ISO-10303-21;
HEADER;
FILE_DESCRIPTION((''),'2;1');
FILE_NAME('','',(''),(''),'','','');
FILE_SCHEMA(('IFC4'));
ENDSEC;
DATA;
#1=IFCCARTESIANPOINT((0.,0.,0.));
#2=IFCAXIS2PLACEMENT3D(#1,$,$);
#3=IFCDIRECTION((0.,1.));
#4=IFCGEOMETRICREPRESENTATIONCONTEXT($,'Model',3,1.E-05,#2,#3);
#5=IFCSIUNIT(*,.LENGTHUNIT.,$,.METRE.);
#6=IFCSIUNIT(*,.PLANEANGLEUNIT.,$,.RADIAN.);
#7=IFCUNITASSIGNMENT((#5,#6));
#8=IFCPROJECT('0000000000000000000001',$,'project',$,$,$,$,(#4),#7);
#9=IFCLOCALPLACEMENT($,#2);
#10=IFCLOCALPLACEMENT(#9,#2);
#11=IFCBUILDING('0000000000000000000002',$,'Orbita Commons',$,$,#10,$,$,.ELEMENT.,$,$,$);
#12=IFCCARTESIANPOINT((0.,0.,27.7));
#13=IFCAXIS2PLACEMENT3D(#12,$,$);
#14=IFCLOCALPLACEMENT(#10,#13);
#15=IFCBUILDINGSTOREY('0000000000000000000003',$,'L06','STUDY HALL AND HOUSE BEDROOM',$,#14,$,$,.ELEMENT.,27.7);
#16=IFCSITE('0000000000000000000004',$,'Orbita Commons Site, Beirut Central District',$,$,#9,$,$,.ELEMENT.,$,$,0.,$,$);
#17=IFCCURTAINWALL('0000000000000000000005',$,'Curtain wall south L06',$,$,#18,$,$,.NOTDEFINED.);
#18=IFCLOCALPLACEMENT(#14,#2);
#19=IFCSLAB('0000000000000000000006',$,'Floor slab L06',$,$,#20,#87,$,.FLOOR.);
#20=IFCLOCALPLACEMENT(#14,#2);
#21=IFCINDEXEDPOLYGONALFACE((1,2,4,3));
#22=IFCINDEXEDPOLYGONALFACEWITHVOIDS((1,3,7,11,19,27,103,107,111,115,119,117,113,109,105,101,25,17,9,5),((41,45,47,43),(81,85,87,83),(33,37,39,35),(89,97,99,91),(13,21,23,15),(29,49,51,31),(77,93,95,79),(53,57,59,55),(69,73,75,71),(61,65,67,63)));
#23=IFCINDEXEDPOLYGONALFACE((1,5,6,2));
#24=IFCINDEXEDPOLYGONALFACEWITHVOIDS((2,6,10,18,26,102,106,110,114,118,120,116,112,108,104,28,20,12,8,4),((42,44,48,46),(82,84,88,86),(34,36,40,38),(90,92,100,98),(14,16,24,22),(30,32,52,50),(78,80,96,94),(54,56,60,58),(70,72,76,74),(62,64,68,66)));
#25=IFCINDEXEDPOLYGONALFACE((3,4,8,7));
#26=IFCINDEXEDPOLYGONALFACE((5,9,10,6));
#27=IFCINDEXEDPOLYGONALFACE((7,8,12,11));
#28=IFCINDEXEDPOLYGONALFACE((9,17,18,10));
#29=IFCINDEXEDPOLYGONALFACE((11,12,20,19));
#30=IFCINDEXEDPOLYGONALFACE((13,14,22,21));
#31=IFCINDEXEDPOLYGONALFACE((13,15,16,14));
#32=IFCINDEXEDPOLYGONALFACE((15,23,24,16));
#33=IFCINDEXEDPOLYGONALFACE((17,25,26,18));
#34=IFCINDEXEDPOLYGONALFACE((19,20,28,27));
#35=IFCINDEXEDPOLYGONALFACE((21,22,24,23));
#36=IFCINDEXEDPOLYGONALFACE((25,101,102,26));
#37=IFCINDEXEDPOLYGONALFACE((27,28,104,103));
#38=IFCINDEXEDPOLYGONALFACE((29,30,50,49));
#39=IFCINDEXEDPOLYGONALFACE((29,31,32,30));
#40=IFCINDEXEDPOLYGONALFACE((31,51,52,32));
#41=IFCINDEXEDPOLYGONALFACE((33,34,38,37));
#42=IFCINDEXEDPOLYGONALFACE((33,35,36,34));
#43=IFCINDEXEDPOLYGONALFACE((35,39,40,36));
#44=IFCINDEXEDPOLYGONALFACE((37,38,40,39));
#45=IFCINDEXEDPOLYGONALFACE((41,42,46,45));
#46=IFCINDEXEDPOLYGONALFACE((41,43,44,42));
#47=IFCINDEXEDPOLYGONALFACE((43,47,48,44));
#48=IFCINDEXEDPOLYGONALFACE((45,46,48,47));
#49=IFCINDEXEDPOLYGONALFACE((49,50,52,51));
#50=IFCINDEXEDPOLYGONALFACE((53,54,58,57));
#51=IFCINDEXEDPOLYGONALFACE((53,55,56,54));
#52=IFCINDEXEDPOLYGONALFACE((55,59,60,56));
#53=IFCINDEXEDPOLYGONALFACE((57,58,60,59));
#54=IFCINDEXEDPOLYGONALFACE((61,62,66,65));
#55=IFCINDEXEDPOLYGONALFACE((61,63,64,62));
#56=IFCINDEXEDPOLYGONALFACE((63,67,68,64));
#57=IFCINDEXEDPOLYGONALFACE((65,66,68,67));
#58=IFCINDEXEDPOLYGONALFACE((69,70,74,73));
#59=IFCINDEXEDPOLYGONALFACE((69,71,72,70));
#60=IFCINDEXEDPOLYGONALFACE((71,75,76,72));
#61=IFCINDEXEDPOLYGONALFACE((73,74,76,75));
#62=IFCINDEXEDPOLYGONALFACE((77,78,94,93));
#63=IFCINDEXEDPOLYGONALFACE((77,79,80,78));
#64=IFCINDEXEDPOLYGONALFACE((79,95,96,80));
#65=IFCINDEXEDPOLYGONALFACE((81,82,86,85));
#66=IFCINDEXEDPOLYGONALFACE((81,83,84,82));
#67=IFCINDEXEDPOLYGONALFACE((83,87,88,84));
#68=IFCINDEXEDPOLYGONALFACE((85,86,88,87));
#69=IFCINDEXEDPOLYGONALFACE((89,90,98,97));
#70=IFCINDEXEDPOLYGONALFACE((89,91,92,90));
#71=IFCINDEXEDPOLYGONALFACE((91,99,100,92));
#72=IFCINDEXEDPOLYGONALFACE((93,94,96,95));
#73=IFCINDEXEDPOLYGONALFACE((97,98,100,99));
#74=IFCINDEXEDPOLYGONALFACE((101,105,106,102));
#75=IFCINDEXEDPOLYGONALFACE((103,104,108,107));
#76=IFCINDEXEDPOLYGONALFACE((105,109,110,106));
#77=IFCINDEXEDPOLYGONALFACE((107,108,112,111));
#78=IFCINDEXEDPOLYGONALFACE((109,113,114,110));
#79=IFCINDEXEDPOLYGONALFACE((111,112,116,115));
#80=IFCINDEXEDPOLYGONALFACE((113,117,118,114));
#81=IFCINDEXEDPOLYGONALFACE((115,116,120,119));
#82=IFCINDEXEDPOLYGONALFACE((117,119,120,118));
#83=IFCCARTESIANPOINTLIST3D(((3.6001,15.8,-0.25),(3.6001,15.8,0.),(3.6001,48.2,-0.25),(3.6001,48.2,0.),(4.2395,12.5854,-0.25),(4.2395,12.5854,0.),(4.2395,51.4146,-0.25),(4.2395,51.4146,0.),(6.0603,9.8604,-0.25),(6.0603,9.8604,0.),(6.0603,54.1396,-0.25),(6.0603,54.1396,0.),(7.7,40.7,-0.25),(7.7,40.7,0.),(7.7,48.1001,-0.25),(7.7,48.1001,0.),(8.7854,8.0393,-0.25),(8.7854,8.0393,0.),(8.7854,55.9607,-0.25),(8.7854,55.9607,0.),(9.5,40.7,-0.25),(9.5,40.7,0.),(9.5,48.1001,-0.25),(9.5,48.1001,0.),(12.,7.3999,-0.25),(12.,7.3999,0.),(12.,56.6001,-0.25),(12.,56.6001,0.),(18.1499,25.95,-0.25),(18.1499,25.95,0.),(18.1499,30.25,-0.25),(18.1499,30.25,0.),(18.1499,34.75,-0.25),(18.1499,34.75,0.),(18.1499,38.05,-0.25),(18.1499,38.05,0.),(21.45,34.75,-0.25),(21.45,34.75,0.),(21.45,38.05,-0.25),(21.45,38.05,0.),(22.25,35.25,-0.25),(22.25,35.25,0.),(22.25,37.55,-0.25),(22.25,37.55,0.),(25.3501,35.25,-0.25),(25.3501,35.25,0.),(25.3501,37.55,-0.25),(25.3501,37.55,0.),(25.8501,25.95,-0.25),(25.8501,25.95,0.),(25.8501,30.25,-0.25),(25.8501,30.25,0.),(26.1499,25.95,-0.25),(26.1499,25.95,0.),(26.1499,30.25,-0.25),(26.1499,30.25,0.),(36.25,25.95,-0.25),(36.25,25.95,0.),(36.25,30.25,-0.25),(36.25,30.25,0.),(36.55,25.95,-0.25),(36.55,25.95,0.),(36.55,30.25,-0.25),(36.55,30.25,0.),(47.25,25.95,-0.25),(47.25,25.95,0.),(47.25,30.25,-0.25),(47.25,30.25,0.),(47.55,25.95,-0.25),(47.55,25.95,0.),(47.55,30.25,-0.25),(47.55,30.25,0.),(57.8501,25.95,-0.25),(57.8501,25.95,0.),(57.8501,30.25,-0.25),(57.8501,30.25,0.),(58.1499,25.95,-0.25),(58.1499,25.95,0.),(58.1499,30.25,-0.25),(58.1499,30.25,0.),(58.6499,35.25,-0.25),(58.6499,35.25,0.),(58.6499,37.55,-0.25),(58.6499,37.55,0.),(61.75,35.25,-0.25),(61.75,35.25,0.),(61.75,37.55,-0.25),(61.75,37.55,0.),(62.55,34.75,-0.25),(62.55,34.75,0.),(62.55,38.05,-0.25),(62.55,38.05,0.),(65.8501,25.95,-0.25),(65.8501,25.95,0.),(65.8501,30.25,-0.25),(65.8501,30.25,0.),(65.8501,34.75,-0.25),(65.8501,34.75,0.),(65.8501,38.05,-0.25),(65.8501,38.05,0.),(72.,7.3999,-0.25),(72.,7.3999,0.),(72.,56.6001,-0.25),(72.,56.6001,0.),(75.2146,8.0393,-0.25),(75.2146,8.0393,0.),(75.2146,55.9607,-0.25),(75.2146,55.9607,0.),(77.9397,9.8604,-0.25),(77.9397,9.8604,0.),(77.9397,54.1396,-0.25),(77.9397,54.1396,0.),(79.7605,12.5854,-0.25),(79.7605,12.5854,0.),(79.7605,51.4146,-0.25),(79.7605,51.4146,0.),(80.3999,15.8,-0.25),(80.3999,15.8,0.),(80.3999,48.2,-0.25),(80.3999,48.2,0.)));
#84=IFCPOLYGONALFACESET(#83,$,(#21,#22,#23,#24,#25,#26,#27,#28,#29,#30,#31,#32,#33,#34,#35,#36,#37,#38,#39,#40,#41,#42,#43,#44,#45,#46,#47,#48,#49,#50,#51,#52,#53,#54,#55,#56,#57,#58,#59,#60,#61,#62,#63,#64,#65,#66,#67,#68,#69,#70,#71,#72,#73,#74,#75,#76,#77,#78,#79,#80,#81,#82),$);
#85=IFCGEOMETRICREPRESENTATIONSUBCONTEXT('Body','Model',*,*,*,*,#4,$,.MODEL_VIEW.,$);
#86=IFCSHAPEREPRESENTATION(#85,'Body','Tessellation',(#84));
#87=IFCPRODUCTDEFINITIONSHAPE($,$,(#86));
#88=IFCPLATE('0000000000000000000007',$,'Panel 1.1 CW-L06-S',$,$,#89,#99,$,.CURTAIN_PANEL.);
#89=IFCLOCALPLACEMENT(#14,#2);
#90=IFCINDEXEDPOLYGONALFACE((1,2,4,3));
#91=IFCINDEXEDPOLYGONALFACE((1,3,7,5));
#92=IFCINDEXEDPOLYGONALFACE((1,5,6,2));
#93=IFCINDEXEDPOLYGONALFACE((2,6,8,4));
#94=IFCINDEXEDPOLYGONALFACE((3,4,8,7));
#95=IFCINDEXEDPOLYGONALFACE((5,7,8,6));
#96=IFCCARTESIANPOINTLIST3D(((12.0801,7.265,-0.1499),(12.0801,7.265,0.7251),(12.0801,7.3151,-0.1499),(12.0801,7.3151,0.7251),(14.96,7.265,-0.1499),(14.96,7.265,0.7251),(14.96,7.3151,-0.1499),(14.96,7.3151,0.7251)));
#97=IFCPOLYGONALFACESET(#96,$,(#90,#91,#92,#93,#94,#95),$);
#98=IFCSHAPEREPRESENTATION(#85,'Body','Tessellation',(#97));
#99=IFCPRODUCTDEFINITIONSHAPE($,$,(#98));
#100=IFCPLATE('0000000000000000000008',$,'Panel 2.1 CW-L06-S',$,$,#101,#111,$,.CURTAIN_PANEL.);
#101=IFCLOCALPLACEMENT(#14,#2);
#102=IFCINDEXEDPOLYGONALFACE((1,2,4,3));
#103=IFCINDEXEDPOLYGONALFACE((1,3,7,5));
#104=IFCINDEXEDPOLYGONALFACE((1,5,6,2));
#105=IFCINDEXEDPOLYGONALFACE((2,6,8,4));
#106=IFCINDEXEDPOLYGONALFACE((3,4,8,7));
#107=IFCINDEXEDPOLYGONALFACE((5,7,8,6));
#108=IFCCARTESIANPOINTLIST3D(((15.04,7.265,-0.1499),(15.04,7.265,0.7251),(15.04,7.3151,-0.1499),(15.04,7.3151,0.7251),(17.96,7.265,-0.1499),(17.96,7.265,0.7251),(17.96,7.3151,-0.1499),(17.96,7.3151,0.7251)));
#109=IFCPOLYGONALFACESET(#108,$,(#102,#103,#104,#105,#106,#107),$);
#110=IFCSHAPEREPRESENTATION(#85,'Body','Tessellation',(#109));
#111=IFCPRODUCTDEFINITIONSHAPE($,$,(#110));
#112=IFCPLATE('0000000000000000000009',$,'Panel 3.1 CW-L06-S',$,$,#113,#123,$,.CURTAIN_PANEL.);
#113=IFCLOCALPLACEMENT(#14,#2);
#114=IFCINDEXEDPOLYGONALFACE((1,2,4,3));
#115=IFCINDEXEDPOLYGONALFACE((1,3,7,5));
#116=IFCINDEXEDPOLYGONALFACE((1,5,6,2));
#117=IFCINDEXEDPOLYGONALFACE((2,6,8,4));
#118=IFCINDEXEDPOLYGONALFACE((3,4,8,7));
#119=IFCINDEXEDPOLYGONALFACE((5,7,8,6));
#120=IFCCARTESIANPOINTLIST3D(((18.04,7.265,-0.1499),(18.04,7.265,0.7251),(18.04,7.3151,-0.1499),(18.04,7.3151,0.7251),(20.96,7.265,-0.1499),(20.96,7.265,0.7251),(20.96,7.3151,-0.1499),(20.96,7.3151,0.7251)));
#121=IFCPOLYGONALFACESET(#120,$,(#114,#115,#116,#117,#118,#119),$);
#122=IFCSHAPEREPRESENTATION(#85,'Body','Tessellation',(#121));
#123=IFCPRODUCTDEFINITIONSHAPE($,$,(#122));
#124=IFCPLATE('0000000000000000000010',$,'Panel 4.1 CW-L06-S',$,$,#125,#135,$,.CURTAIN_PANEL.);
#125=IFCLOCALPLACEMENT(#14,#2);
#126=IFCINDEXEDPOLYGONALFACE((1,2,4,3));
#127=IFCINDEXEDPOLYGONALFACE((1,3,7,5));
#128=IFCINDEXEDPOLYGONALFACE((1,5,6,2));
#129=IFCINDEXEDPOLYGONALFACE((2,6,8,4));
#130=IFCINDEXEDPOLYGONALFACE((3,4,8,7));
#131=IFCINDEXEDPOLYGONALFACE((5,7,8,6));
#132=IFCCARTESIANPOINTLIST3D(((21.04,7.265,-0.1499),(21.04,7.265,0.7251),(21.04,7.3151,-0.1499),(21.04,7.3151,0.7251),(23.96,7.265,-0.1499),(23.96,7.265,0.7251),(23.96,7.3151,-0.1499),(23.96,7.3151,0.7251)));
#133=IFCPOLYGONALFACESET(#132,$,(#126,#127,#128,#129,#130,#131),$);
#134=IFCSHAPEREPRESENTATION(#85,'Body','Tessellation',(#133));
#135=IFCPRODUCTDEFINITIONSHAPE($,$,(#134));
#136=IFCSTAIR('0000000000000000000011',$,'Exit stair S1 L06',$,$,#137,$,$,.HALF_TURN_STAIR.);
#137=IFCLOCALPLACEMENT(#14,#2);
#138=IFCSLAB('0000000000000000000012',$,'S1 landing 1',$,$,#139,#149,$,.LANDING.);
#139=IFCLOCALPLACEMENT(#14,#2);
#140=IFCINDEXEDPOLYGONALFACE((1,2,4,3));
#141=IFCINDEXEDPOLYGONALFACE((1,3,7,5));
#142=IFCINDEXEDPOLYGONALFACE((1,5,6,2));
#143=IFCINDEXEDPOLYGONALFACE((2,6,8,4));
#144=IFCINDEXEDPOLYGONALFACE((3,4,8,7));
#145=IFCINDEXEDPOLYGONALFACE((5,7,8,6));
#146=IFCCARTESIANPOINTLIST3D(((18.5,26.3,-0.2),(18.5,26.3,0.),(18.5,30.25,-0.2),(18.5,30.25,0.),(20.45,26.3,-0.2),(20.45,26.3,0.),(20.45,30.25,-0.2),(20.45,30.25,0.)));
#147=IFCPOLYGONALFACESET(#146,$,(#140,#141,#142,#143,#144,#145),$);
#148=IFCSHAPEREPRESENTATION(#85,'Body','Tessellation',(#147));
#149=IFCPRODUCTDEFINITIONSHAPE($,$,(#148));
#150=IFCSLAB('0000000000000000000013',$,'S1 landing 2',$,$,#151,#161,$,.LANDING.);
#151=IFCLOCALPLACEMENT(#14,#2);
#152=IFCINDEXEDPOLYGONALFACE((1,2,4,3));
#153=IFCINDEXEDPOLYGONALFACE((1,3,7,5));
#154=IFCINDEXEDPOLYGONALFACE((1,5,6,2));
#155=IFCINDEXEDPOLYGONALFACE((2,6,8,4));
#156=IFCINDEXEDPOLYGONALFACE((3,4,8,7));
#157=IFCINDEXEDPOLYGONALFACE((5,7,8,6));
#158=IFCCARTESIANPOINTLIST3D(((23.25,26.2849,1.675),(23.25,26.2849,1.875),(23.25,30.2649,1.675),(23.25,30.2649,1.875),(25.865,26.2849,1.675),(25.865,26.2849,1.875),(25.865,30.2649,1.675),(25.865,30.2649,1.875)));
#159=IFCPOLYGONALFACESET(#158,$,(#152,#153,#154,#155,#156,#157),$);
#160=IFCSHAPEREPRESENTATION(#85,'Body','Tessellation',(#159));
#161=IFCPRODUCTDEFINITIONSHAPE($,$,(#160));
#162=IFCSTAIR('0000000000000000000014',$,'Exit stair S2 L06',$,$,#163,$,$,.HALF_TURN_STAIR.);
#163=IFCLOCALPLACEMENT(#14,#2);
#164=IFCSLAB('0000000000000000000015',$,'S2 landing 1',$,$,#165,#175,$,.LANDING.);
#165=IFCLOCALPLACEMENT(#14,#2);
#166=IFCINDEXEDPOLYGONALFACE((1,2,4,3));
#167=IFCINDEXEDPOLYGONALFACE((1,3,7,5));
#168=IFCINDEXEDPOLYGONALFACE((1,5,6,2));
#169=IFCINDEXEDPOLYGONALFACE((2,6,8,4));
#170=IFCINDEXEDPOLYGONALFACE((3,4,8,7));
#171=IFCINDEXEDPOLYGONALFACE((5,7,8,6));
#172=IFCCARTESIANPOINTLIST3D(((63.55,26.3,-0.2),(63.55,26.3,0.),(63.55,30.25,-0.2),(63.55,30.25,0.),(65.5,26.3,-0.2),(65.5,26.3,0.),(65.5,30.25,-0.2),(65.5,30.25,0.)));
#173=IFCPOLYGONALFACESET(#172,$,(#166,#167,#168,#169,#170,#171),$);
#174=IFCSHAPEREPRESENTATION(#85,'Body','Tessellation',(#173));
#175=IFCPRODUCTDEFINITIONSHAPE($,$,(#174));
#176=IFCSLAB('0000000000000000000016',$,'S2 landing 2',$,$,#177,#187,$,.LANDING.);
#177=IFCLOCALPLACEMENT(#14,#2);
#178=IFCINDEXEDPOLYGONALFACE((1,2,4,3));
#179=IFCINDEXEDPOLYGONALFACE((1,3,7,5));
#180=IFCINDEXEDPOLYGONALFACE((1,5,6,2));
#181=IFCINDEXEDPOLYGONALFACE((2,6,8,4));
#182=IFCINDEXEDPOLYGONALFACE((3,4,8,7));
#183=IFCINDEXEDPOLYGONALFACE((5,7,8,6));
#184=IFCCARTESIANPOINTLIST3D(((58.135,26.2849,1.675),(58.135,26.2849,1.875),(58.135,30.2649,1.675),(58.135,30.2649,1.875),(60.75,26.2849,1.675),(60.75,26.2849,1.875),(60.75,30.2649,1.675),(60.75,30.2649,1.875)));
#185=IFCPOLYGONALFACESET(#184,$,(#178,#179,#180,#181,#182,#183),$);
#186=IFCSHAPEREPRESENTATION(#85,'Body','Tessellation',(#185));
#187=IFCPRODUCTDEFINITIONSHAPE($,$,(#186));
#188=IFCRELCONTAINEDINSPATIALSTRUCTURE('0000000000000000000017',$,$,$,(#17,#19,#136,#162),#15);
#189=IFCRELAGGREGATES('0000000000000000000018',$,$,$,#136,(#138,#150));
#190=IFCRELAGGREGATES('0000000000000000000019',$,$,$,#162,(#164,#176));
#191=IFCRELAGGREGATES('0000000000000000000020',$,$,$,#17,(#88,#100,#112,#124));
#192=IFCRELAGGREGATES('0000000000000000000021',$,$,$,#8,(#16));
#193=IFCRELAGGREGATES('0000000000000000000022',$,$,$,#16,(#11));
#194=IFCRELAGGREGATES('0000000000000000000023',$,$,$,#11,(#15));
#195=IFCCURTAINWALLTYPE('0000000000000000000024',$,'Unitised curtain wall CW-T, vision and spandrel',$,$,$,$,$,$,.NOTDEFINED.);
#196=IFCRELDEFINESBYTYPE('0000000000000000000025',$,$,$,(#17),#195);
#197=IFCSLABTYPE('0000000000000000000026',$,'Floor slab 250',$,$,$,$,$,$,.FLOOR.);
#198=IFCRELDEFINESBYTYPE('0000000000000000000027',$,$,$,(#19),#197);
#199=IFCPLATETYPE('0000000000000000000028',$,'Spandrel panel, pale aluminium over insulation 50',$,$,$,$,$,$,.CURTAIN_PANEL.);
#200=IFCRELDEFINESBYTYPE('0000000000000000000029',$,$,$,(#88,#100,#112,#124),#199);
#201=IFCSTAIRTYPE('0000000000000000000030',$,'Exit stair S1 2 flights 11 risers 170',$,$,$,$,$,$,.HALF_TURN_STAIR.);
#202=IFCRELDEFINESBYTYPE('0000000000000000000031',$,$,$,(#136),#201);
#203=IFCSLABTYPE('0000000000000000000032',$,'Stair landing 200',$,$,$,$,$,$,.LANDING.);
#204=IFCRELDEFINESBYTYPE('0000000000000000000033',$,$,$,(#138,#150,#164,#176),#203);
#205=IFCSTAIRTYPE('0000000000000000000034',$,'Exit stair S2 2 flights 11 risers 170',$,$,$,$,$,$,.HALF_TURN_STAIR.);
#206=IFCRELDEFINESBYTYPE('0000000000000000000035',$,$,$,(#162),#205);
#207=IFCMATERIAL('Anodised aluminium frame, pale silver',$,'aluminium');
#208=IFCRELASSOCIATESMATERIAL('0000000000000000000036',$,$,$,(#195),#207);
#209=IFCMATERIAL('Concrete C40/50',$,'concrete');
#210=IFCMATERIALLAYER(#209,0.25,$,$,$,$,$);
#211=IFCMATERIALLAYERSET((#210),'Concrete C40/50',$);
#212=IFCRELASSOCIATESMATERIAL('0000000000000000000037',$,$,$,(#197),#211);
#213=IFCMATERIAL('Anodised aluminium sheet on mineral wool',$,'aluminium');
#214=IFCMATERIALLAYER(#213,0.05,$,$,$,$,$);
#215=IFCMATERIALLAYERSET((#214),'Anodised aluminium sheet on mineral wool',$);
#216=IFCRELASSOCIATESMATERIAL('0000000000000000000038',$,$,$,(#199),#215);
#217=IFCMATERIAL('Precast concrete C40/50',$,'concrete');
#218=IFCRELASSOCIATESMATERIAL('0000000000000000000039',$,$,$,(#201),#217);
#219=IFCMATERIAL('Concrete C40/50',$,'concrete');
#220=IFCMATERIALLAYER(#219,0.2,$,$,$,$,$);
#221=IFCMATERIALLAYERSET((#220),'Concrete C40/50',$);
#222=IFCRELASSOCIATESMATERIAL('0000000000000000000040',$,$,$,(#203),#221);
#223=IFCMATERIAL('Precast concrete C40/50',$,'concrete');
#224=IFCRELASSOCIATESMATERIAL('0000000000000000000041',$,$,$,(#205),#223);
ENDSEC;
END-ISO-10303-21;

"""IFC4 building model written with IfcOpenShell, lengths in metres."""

from ifc_helpers import new_model, si_unit, direction, frame, origin, origin_2d, place, context, subcontext, project, spatial, polyline, rectangle, outline, extrude, material, layer, layer_set, type_object, element, aggregate, save


model = new_model("IFC4")

# Units and contexts
model_context = context("Model", 3, precision=1e-05, world=origin(), true_north=direction((0.0, 1.0)))
body_context = subcontext(model_context, "Body", "Model", "MODEL_VIEW")
ifc_project = project(units=[si_unit("LENGTHUNIT", "METRE"), si_unit("PLANEANGLEUNIT", "RADIAN")], contexts=[model_context])

# Site, building, storey
site_placement = place(None, origin())
site = spatial("IfcSite", under=ifc_project, at=site_placement, Name="Orbita Commons Site, Beirut Central District", CompositionType="ELEMENT", RefElevation=0.0)
building_placement = place(site_placement, origin())
building = spatial("IfcBuilding", under=site, at=building_placement, Name="Orbita Commons", CompositionType="ELEMENT")
storey_placement = place(building_placement, frame((0.0, 0.0, 27.7)))
storey = spatial("IfcBuildingStorey", under=building, at=storey_placement, Name="L06", Description="STUDY HALL AND HOUSE BEDROOM", CompositionType="ELEMENT", Elevation=27.7)

# Curtain wall
ifc_material_1 = material(Name="Anodised aluminium frame, pale silver", Category="aluminium")
curtain_wall_type = type_object("IfcCurtainWallType", Name="Unitised curtain wall CW-T, vision and spandrel", PredefinedType="NOTDEFINED", material=ifc_material_1)
curtain_wall_placement = place(storey_placement, origin())
curtain_wall = element("IfcCurtainWall", 1, at=curtain_wall_placement, inside=storey, type_object=curtain_wall_type, Name="Curtain wall south L06", PredefinedType="NOTDEFINED")

# Slab
ifc_material_2 = material(Name="Concrete C40/50", Category="concrete")
ifc_layer_1 = layer(ifc_material_2, 0.25)
ifc_layer_set_1 = layer_set([ifc_layer_1], Name="Concrete C40/50")
slab_type_1 = type_object("IfcSlabType", Name="Floor slab 250", PredefinedType="FLOOR", material=ifc_layer_set_1)
slab_1_placement = place(storey_placement, frame((0.0, 0.0, -0.25)))
element("IfcSlab", 2, at=slab_1_placement, inside=storey, type_object=slab_type_1, Name="Floor slab L06", PredefinedType="FLOOR", context=body_context, shape_type="SweptSolid", body=[
    extrude(outline(polyline([(72.0, 7.3999), (75.2146, 8.0393), (77.9397, 9.8604), (79.7605, 12.5854), (80.3999, 15.8), (80.3999, 48.2), (79.7605, 51.4146), (77.9397, 54.1396), (75.2146, 55.9607), (72.0, 56.6001), (12.0, 56.6001), (8.7854, 55.9607), (6.0603, 54.1396), (4.2395, 51.4146), (3.6001, 48.2), (3.6001, 15.8), (4.2395, 12.5854), (6.0603, 9.8604), (8.7854, 8.0393), (12.0, 7.3999), (72.0, 7.3999)]), holes=[polyline([(18.1499, 25.95), (25.8501, 25.95), (25.8501, 30.25), (18.1499, 30.25), (18.1499, 25.95)]), polyline([(58.1499, 25.95), (65.8501, 25.95), (65.8501, 30.25), (58.1499, 30.25), (58.1499, 25.95)]), polyline([(18.1499, 34.75), (21.45, 34.75), (21.45, 38.05), (18.1499, 38.05), (18.1499, 34.75)]), polyline([(62.55, 34.75), (65.8501, 34.75), (65.8501, 38.05), (62.55, 38.05), (62.55, 34.75)]), polyline([(22.25, 35.25), (25.3501, 35.25), (25.3501, 37.55), (22.25, 37.55), (22.25, 35.25)]), polyline([(58.6499, 35.25), (61.75, 35.25), (61.75, 37.55), (58.6499, 37.55), (58.6499, 35.25)]), polyline([(26.1499, 25.95), (36.25, 25.95), (36.25, 30.25), (26.1499, 30.25), (26.1499, 25.95)]), polyline([(36.55, 25.95), (47.25, 25.95), (47.25, 30.25), (36.55, 30.25), (36.55, 25.95)]), polyline([(47.55, 25.95), (57.8501, 25.95), (57.8501, 30.25), (47.55, 30.25), (47.55, 25.95)]), polyline([(7.7, 40.7), (9.5, 40.7), (9.5, 48.1001), (7.7, 48.1001), (7.7, 40.7)])]), origin(), (0.0, 0.0, 1.0), 0.25),
])

# Plates
ifc_material_3 = material(Name="Anodised aluminium sheet on mineral wool", Category="aluminium")
ifc_layer_2 = layer(ifc_material_3, 0.05)
ifc_layer_set_2 = layer_set([ifc_layer_2], Name="Anodised aluminium sheet on mineral wool")
plate_type_1 = type_object("IfcPlateType", Name="Spandrel panel, pale aluminium over insulation 50", PredefinedType="CURTAIN_PANEL", material=ifc_layer_set_2)
plate_1_placement = place(storey_placement, frame((13.52, 7.29, -0.1499), z_axis=(0.0, 0.0, 1.0), x_axis=(1.0, 0.0, 0.0)))
plate_1 = element("IfcPlate", 3, at=plate_1_placement, type_object=plate_type_1, Name="Panel 1.1 CW-L06-S", PredefinedType="CURTAIN_PANEL", context=body_context, shape_type="SweptSolid", body=[
    extrude(rectangle(XDim=2.8799, YDim=0.05, at=origin_2d()), origin(), (0.0, 0.0, 1.0), 0.875),
])
plate_2_placement = place(storey_placement, frame((16.5, 7.29, -0.1499), z_axis=(0.0, 0.0, 1.0), x_axis=(1.0, 0.0, 0.0)))
plate_2 = element("IfcPlate", 4, at=plate_2_placement, type_object=plate_type_1, Name="Panel 2.1 CW-L06-S", PredefinedType="CURTAIN_PANEL", context=body_context, shape_type="SweptSolid", body=[
    extrude(rectangle(XDim=2.9199, YDim=0.05, at=origin_2d()), origin(), (0.0, 0.0, 1.0), 0.875),
])
plate_3_placement = place(storey_placement, frame((19.5, 7.29, -0.1499), z_axis=(0.0, 0.0, 1.0), x_axis=(1.0, 0.0, 0.0)))
plate_3 = element("IfcPlate", 5, at=plate_3_placement, type_object=plate_type_1, Name="Panel 3.1 CW-L06-S", PredefinedType="CURTAIN_PANEL", context=body_context, shape_type="SweptSolid", body=[
    extrude(rectangle(XDim=2.9199, YDim=0.05, at=origin_2d()), origin(), (0.0, 0.0, 1.0), 0.875),
])
plate_4_placement = place(storey_placement, frame((22.5, 7.29, -0.1499), z_axis=(0.0, 0.0, 1.0), x_axis=(1.0, 0.0, 0.0)))
plate_4 = element("IfcPlate", 6, at=plate_4_placement, type_object=plate_type_1, Name="Panel 4.1 CW-L06-S", PredefinedType="CURTAIN_PANEL", context=body_context, shape_type="SweptSolid", body=[
    extrude(rectangle(XDim=2.9199, YDim=0.05, at=origin_2d()), origin(), (0.0, 0.0, 1.0), 0.875),
])

# Stairs, slabs
ifc_material_4 = material(Name="Precast concrete C40/50", Category="concrete")
stair_type_1 = type_object("IfcStairType", Name="Exit stair S1 2 flights 11 risers 170", PredefinedType="HALF_TURN_STAIR", material=ifc_material_4)
stair_1_placement = place(storey_placement, origin())
stair_1 = element("IfcStair", 7, at=stair_1_placement, inside=storey, type_object=stair_type_1, Name="Exit stair S1 L06", PredefinedType="HALF_TURN_STAIR")
ifc_material_5 = material(Name="Concrete C40/50", Category="concrete")
ifc_layer_3 = layer(ifc_material_5, 0.2)
ifc_layer_set_3 = layer_set([ifc_layer_3], Name="Concrete C40/50")
slab_type_2 = type_object("IfcSlabType", Name="Stair landing 200", PredefinedType="LANDING", material=ifc_layer_set_3)
slab_2_placement = place(storey_placement, frame((0.0, 0.0, -0.2)))
slab_2 = element("IfcSlab", 8, at=slab_2_placement, type_object=slab_type_2, Name="S1 landing 1", PredefinedType="LANDING", context=body_context, shape_type="SweptSolid", body=[
    extrude(outline(polyline([(18.5, 26.3), (20.45, 26.3), (20.45, 30.25), (18.5, 30.25), (18.5, 26.3)])), origin(), (0.0, 0.0, 1.0), 0.2),
])
slab_3_placement = place(storey_placement, frame((0.0, 0.0, 1.675)))
slab_3 = element("IfcSlab", 9, at=slab_3_placement, type_object=slab_type_2, Name="S1 landing 2", PredefinedType="LANDING", context=body_context, shape_type="SweptSolid", body=[
    extrude(outline(polyline([(23.25, 26.2849), (25.865, 26.2849), (25.865, 30.2649), (23.25, 30.2649), (23.25, 26.2849)])), origin(), (0.0, 0.0, 1.0), 0.2),
])
aggregate(stair_1, [slab_2, slab_3])
ifc_material_6 = material(Name="Precast concrete C40/50", Category="concrete")
stair_type_2 = type_object("IfcStairType", Name="Exit stair S2 2 flights 11 risers 170", PredefinedType="HALF_TURN_STAIR", material=ifc_material_6)
stair_2_placement = place(storey_placement, origin())
stair_2 = element("IfcStair", 10, at=stair_2_placement, inside=storey, type_object=stair_type_2, Name="Exit stair S2 L06", PredefinedType="HALF_TURN_STAIR")
slab_4_placement = place(storey_placement, frame((0.0, 0.0, -0.2)))
slab_4 = element("IfcSlab", 11, at=slab_4_placement, type_object=slab_type_2, Name="S2 landing 1", PredefinedType="LANDING", context=body_context, shape_type="SweptSolid", body=[
    extrude(outline(polyline([(63.55, 26.3), (65.5, 26.3), (65.5, 30.25), (63.55, 30.25), (63.55, 26.3)])), origin(), (0.0, 0.0, 1.0), 0.2),
])
slab_5_placement = place(storey_placement, frame((0.0, 0.0, 1.675)))
slab_5 = element("IfcSlab", 12, at=slab_5_placement, type_object=slab_type_2, Name="S2 landing 2", PredefinedType="LANDING", context=body_context, shape_type="SweptSolid", body=[
    extrude(outline(polyline([(58.135, 26.2849), (60.75, 26.2849), (60.75, 30.2649), (58.135, 30.2649), (58.135, 26.2849)])), origin(), (0.0, 0.0, 1.0), 0.2),
])
aggregate(stair_2, [slab_4, slab_5])

aggregate(curtain_wall, [plate_1, plate_2, plate_3, plate_4])

save(model, "model.ifc")
